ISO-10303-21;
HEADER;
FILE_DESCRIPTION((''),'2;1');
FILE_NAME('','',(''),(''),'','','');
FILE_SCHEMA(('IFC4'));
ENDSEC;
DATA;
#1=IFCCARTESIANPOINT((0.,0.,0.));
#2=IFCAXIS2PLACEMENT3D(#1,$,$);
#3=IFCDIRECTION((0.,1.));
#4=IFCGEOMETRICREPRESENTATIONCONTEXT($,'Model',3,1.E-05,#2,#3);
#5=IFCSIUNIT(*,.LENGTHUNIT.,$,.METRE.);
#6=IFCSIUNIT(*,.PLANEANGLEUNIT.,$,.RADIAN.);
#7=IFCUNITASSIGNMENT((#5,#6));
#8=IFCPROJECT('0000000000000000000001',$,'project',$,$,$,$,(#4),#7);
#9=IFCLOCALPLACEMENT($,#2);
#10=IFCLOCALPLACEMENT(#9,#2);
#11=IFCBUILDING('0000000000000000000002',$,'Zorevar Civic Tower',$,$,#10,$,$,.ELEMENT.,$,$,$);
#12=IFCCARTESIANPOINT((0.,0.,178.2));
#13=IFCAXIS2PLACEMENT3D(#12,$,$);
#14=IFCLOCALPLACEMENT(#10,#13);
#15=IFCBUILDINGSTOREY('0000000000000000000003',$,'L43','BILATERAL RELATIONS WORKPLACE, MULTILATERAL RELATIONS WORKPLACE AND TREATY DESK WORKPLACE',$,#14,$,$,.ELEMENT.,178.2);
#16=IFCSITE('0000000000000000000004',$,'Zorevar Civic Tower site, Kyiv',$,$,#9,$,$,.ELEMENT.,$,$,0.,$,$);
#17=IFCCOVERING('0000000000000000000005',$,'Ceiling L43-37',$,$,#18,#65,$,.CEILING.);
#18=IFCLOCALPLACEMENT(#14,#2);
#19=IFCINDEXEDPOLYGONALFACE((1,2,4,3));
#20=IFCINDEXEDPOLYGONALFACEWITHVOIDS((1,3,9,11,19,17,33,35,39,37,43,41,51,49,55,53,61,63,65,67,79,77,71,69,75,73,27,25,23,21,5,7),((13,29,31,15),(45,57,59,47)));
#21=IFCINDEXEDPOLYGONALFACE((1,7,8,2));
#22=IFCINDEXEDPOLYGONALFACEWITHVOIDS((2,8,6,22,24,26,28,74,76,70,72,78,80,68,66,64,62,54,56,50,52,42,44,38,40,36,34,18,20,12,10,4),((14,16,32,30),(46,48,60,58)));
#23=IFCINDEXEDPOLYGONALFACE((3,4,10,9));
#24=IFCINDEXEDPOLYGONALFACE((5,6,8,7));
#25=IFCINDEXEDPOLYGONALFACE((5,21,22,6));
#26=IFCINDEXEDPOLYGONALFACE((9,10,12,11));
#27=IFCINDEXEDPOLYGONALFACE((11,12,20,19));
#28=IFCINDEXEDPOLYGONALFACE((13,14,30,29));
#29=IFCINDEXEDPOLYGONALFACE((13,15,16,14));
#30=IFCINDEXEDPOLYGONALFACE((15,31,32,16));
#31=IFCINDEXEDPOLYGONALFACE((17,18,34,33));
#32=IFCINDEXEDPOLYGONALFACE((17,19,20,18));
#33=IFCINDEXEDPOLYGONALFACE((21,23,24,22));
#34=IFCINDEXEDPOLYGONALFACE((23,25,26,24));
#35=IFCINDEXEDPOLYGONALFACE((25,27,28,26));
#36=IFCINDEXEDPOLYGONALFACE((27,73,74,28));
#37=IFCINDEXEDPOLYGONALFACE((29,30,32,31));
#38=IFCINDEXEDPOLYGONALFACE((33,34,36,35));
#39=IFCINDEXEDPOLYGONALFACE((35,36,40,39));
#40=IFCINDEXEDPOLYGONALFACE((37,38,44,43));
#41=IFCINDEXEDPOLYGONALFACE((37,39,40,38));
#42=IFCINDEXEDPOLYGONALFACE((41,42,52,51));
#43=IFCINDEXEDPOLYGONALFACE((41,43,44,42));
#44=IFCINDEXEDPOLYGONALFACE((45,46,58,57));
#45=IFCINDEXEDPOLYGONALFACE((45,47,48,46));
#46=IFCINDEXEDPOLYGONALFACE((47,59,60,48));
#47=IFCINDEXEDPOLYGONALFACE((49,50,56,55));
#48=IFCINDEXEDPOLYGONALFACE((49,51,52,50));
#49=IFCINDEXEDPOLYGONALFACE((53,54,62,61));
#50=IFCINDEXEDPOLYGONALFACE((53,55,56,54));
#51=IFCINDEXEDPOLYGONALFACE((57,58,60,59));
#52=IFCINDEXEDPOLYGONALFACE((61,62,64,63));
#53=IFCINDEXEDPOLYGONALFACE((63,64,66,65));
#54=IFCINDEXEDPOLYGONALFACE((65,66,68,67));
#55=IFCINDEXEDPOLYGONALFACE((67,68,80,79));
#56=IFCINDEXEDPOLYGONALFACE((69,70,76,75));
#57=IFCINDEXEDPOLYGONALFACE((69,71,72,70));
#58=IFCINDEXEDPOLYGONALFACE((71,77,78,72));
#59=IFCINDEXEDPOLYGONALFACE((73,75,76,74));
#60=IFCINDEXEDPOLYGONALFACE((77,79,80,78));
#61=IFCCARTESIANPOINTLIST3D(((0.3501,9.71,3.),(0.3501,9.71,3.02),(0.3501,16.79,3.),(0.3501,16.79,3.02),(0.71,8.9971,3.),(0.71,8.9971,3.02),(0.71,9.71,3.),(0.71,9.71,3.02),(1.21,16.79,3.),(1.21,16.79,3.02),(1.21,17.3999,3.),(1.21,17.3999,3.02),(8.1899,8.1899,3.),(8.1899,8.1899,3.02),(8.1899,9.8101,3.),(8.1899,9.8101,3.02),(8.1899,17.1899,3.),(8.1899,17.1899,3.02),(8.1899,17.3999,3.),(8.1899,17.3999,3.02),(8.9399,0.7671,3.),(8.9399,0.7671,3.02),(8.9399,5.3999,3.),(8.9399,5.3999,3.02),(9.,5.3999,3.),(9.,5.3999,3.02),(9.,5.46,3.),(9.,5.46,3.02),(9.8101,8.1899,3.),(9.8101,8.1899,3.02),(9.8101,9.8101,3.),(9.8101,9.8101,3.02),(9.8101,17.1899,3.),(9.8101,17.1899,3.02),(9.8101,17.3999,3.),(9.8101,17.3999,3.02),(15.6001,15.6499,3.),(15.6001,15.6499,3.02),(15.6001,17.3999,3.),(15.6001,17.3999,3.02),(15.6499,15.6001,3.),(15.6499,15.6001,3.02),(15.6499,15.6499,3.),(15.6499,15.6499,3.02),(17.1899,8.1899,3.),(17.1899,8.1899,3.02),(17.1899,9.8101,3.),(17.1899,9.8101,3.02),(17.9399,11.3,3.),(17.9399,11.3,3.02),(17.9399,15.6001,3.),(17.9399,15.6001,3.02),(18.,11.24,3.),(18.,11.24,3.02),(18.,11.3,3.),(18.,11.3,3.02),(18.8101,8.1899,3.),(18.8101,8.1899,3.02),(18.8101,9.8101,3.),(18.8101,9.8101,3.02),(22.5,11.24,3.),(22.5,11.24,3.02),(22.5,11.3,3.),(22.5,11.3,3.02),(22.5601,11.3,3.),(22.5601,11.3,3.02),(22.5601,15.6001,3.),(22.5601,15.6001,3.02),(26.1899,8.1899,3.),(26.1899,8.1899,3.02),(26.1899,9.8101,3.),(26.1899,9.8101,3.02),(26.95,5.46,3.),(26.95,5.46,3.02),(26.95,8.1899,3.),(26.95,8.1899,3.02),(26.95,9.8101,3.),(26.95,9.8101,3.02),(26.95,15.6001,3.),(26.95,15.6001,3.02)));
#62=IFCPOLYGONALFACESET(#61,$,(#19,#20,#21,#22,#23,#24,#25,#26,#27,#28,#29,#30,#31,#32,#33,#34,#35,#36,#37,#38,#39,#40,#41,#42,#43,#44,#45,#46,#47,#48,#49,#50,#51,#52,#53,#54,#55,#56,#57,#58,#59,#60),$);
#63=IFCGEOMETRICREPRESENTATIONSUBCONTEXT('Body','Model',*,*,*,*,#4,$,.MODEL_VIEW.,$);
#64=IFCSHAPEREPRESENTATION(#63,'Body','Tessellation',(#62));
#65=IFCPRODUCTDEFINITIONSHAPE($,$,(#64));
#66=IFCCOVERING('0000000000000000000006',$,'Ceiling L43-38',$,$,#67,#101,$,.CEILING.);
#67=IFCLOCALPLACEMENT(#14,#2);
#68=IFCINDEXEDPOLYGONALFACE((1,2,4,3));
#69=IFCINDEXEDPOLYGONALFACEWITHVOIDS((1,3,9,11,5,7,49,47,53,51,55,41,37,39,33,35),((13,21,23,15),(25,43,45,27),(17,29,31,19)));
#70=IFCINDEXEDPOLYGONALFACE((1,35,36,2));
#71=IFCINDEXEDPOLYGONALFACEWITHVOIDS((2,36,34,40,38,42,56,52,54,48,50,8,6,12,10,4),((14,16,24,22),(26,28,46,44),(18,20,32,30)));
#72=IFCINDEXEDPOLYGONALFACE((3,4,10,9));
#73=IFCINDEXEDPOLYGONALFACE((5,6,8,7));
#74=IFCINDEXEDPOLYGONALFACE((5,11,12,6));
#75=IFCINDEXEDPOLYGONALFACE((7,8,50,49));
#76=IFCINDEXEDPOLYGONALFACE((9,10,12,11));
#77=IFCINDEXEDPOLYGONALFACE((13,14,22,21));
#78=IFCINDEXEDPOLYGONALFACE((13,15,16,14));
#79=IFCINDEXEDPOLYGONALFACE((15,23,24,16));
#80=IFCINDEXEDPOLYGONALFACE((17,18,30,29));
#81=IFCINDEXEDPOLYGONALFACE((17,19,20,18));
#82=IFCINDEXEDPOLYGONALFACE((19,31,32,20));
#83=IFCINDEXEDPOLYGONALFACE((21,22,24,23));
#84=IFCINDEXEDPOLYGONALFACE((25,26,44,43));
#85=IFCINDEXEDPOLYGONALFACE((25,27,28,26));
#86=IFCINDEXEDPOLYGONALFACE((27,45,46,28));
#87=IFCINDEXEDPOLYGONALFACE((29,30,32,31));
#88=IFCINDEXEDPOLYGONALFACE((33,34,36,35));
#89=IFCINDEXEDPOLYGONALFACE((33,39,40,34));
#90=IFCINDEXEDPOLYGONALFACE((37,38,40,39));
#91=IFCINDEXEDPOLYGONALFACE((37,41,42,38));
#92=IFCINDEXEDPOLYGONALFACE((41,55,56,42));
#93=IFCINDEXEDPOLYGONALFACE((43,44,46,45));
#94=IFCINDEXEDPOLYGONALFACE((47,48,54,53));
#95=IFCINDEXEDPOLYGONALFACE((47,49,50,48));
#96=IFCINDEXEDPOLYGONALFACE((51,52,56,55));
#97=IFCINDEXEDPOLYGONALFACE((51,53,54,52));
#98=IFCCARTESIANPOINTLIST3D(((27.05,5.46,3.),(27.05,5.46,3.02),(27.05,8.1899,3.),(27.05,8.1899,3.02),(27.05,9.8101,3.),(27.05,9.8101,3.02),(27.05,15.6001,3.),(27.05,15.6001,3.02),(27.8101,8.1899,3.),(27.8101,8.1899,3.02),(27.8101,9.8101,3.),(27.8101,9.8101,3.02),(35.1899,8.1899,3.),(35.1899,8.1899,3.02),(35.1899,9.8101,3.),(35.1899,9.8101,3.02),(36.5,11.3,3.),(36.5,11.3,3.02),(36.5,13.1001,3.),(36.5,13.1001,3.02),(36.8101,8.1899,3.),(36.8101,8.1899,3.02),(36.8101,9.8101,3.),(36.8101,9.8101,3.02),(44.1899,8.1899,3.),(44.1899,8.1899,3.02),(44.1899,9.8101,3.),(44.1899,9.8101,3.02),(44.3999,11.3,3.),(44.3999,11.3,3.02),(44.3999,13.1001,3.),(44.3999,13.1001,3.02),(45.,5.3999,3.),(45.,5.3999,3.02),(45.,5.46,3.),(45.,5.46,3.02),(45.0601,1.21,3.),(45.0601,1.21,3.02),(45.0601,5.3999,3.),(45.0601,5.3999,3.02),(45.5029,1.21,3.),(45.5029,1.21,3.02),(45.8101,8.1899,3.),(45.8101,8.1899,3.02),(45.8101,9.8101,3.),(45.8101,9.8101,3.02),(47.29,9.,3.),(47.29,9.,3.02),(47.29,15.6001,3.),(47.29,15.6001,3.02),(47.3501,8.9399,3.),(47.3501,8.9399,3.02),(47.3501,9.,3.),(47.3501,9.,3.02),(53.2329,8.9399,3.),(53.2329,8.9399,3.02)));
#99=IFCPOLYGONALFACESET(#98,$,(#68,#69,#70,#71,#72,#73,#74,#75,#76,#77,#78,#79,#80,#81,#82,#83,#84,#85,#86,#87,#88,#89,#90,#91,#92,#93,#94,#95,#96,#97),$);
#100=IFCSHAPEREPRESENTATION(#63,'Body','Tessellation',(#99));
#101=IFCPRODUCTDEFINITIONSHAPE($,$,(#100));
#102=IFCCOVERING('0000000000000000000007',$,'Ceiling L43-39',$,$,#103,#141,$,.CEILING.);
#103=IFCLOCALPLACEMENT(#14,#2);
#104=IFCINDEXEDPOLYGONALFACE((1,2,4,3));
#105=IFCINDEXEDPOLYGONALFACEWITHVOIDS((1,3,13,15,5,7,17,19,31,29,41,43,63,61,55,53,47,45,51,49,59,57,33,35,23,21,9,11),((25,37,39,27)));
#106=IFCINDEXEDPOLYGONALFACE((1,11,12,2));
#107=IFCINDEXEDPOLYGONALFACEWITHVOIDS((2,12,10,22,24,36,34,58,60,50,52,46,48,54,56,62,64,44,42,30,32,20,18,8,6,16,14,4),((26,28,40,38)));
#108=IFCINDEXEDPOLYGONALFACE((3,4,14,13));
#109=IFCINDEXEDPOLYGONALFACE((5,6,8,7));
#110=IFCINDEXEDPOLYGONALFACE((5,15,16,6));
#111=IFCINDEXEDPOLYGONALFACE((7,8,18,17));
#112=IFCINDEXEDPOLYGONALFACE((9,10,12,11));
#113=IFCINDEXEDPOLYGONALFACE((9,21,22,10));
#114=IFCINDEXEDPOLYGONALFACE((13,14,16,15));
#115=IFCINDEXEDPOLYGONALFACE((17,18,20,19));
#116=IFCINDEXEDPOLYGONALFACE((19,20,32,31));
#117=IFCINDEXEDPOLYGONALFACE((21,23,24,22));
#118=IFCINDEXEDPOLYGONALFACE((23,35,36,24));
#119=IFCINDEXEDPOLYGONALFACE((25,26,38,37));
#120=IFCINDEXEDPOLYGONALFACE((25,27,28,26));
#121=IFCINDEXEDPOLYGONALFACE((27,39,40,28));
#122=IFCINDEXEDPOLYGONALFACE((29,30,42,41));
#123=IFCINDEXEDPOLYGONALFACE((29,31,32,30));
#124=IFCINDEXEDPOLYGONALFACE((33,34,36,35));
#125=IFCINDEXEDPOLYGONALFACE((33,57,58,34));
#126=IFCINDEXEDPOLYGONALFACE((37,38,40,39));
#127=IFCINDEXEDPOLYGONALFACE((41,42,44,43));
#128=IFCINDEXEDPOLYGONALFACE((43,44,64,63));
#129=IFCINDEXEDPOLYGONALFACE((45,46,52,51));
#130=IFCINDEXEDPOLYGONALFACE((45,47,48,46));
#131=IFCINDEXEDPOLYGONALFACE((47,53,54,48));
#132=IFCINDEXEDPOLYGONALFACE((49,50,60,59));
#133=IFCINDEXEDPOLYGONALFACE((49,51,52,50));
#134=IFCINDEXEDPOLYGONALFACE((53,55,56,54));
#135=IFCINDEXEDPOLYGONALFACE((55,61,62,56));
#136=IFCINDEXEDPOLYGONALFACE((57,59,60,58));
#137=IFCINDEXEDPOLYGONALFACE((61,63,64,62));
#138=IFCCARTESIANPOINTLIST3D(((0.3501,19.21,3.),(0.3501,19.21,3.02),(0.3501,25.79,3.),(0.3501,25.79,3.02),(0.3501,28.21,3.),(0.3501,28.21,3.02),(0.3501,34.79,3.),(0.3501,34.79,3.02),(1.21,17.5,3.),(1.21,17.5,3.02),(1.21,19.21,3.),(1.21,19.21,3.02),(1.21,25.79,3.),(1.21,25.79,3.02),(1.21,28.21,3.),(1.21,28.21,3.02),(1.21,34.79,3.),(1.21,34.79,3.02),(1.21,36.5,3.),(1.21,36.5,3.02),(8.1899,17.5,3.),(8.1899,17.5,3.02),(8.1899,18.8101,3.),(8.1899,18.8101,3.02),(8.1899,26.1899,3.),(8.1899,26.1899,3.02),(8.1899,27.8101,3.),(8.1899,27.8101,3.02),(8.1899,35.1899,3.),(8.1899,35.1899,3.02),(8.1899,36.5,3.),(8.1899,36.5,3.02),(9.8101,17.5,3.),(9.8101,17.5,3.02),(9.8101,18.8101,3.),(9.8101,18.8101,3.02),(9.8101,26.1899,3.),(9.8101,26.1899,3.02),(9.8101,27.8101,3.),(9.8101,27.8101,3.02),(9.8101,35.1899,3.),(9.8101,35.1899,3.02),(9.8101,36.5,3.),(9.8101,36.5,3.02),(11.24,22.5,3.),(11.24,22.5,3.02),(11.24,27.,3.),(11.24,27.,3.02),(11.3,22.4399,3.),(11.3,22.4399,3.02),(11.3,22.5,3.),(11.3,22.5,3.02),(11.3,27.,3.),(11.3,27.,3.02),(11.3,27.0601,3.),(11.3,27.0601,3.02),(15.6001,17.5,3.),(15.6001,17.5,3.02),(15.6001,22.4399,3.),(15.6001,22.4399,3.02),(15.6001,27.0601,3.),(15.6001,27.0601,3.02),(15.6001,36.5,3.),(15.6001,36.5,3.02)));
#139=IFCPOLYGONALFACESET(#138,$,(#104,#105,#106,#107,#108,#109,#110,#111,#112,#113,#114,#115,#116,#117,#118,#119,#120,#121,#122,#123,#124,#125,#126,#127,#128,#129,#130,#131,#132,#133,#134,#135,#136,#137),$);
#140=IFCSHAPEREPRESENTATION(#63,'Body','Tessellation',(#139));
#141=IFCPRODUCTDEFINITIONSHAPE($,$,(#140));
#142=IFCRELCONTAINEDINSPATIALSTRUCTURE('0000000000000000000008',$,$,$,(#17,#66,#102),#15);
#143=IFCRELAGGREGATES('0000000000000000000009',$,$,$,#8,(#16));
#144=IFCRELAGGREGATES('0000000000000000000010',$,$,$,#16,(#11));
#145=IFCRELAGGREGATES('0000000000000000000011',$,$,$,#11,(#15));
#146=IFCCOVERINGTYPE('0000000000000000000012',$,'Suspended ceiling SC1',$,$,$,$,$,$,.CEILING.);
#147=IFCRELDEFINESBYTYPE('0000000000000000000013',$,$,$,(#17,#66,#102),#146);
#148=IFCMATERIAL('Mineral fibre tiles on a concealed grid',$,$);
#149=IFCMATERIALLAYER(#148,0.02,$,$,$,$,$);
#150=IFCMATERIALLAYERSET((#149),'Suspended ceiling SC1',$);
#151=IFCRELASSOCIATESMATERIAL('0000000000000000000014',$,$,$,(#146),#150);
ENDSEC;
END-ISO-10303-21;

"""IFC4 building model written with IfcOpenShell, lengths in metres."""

from ifc_helpers import new_model, si_unit, direction, frame, origin, place, context, subcontext, project, spatial, polyline, outline, extrude, material, layer, layer_set, type_object, element, save


model = new_model("IFC4")

# Units and contexts
model_context = context("Model", 3, precision=1e-05, world=origin(), true_north=direction((0.0, 1.0)))
body_context = subcontext(model_context, "Body", "Model", "MODEL_VIEW")
ifc_project = project(units=[si_unit("LENGTHUNIT", "METRE"), si_unit("PLANEANGLEUNIT", "RADIAN")], contexts=[model_context])

# Site, building, storey
site_placement = place(None, origin())
site = spatial("IfcSite", under=ifc_project, at=site_placement, Name="Zorevar Civic Tower site, Kyiv", CompositionType="ELEMENT", RefElevation=0.0)
building_placement = place(site_placement, origin())
building = spatial("IfcBuilding", under=site, at=building_placement, Name="Zorevar Civic Tower", CompositionType="ELEMENT")
storey_placement = place(building_placement, frame((0.0, 0.0, 178.2)))
storey = spatial("IfcBuildingStorey", under=building, at=storey_placement, Name="L43", Description="BILATERAL RELATIONS WORKPLACE, MULTILATERAL RELATIONS WORKPLACE AND TREATY DESK WORKPLACE", CompositionType="ELEMENT", Elevation=178.2)

# Coverings
ifc_material_1 = material(Name="Mineral fibre tiles on a concealed grid")
ifc_layer_1 = layer(ifc_material_1, 0.02)
ifc_layer_set_1 = layer_set([ifc_layer_1], Name="Suspended ceiling SC1")
covering_type_1 = type_object("IfcCoveringType", Name="Suspended ceiling SC1", PredefinedType="CEILING", material=ifc_layer_set_1)
covering_1_placement = place(storey_placement, frame((0.0, 0.0, 3.0)))
element("IfcCovering", 1, at=covering_1_placement, inside=storey, type_object=covering_type_1, Name="Ceiling L43-37", PredefinedType="CEILING", context=body_context, shape_type="SweptSolid", body=[
    extrude(outline(polyline([(1.21, 17.3999), (8.1899, 17.3999), (8.1899, 17.1899), (9.8101, 17.1899), (9.8101, 17.3999), (15.6001, 17.3999), (15.6001, 15.6499), (15.6499, 15.6499), (15.6499, 15.6001), (17.9399, 15.6001), (17.9399, 11.3), (18.0, 11.3), (18.0, 11.24), (22.5, 11.24), (22.5, 11.3), (22.5601, 11.3), (22.5601, 15.6001), (26.95, 15.6001), (26.95, 9.8101), (26.1899, 9.8101), (26.1899, 8.1899), (26.95, 8.1899), (26.95, 5.46), (9.0, 5.46), (9.0, 5.3999), (8.9399, 5.3999), (8.9399, 0.7671), (0.71, 8.9971), (0.71, 9.71), (0.3501, 9.71), (0.3501, 16.79), (1.21, 16.79), (1.21, 17.3999)]), holes=[polyline([(9.8101, 9.8101), (8.1899, 9.8101), (8.1899, 8.1899), (9.8101, 8.1899), (9.8101, 9.8101)]), polyline([(17.1899, 8.1899), (18.8101, 8.1899), (18.8101, 9.8101), (17.1899, 9.8101), (17.1899, 8.1899)])]), origin(), (0.0, 0.0, 1.0), 0.02),
])
covering_2_placement = place(storey_placement, frame((0.0, 0.0, 3.0)))
element("IfcCovering", 2, at=covering_2_placement, inside=storey, type_object=covering_type_1, Name="Ceiling L43-38", PredefinedType="CEILING", context=body_context, shape_type="SweptSolid", body=[
    extrude(outline(polyline([(45.0601, 5.3999), (45.0, 5.3999), (45.0, 5.46), (27.05, 5.46), (27.05, 8.1899), (27.8101, 8.1899), (27.8101, 9.8101), (27.05, 9.8101), (27.05, 15.6001), (47.29, 15.6001), (47.29, 9.0), (47.3501, 9.0), (47.3501, 8.9399), (53.2329, 8.9399), (45.5029, 1.21), (45.0601, 1.21), (45.0601, 5.3999)]), holes=[polyline([(44.3999, 13.1001), (36.5, 13.1001), (36.5, 11.3), (44.3999, 11.3), (44.3999, 13.1001)]), polyline([(36.8101, 9.8101), (35.1899, 9.8101), (35.1899, 8.1899), (36.8101, 8.1899), (36.8101, 9.8101)]), polyline([(44.1899, 8.1899), (45.8101, 8.1899), (45.8101, 9.8101), (44.1899, 9.8101), (44.1899, 8.1899)])]), origin(), (0.0, 0.0, 1.0), 0.02),
])
covering_3_placement = place(storey_placement, frame((0.0, 0.0, 3.0)))
element("IfcCovering", 3, at=covering_3_placement, inside=storey, type_object=covering_type_1, Name="Ceiling L43-39", PredefinedType="CEILING", context=body_context, shape_type="SweptSolid", body=[
    extrude(outline(polyline([(8.1899, 18.8101), (8.1899, 17.5), (1.21, 17.5), (1.21, 19.21), (0.3501, 19.21), (0.3501, 25.79), (1.21, 25.79), (1.21, 28.21), (0.3501, 28.21), (0.3501, 34.79), (1.21, 34.79), (1.21, 36.5), (8.1899, 36.5), (8.1899, 35.1899), (9.8101, 35.1899), (9.8101, 36.5), (15.6001, 36.5), (15.6001, 27.0601), (11.3, 27.0601), (11.3, 27.0), (11.24, 27.0), (11.24, 22.5), (11.3, 22.5), (11.3, 22.4399), (15.6001, 22.4399), (15.6001, 17.5), (9.8101, 17.5), (9.8101, 18.8101), (8.1899, 18.8101)]), holes=[polyline([(8.1899, 27.8101), (8.1899, 26.1899), (9.8101, 26.1899), (9.8101, 27.8101), (8.1899, 27.8101)])]), origin(), (0.0, 0.0, 1.0), 0.02),
])

save(model, "model.ifc")
